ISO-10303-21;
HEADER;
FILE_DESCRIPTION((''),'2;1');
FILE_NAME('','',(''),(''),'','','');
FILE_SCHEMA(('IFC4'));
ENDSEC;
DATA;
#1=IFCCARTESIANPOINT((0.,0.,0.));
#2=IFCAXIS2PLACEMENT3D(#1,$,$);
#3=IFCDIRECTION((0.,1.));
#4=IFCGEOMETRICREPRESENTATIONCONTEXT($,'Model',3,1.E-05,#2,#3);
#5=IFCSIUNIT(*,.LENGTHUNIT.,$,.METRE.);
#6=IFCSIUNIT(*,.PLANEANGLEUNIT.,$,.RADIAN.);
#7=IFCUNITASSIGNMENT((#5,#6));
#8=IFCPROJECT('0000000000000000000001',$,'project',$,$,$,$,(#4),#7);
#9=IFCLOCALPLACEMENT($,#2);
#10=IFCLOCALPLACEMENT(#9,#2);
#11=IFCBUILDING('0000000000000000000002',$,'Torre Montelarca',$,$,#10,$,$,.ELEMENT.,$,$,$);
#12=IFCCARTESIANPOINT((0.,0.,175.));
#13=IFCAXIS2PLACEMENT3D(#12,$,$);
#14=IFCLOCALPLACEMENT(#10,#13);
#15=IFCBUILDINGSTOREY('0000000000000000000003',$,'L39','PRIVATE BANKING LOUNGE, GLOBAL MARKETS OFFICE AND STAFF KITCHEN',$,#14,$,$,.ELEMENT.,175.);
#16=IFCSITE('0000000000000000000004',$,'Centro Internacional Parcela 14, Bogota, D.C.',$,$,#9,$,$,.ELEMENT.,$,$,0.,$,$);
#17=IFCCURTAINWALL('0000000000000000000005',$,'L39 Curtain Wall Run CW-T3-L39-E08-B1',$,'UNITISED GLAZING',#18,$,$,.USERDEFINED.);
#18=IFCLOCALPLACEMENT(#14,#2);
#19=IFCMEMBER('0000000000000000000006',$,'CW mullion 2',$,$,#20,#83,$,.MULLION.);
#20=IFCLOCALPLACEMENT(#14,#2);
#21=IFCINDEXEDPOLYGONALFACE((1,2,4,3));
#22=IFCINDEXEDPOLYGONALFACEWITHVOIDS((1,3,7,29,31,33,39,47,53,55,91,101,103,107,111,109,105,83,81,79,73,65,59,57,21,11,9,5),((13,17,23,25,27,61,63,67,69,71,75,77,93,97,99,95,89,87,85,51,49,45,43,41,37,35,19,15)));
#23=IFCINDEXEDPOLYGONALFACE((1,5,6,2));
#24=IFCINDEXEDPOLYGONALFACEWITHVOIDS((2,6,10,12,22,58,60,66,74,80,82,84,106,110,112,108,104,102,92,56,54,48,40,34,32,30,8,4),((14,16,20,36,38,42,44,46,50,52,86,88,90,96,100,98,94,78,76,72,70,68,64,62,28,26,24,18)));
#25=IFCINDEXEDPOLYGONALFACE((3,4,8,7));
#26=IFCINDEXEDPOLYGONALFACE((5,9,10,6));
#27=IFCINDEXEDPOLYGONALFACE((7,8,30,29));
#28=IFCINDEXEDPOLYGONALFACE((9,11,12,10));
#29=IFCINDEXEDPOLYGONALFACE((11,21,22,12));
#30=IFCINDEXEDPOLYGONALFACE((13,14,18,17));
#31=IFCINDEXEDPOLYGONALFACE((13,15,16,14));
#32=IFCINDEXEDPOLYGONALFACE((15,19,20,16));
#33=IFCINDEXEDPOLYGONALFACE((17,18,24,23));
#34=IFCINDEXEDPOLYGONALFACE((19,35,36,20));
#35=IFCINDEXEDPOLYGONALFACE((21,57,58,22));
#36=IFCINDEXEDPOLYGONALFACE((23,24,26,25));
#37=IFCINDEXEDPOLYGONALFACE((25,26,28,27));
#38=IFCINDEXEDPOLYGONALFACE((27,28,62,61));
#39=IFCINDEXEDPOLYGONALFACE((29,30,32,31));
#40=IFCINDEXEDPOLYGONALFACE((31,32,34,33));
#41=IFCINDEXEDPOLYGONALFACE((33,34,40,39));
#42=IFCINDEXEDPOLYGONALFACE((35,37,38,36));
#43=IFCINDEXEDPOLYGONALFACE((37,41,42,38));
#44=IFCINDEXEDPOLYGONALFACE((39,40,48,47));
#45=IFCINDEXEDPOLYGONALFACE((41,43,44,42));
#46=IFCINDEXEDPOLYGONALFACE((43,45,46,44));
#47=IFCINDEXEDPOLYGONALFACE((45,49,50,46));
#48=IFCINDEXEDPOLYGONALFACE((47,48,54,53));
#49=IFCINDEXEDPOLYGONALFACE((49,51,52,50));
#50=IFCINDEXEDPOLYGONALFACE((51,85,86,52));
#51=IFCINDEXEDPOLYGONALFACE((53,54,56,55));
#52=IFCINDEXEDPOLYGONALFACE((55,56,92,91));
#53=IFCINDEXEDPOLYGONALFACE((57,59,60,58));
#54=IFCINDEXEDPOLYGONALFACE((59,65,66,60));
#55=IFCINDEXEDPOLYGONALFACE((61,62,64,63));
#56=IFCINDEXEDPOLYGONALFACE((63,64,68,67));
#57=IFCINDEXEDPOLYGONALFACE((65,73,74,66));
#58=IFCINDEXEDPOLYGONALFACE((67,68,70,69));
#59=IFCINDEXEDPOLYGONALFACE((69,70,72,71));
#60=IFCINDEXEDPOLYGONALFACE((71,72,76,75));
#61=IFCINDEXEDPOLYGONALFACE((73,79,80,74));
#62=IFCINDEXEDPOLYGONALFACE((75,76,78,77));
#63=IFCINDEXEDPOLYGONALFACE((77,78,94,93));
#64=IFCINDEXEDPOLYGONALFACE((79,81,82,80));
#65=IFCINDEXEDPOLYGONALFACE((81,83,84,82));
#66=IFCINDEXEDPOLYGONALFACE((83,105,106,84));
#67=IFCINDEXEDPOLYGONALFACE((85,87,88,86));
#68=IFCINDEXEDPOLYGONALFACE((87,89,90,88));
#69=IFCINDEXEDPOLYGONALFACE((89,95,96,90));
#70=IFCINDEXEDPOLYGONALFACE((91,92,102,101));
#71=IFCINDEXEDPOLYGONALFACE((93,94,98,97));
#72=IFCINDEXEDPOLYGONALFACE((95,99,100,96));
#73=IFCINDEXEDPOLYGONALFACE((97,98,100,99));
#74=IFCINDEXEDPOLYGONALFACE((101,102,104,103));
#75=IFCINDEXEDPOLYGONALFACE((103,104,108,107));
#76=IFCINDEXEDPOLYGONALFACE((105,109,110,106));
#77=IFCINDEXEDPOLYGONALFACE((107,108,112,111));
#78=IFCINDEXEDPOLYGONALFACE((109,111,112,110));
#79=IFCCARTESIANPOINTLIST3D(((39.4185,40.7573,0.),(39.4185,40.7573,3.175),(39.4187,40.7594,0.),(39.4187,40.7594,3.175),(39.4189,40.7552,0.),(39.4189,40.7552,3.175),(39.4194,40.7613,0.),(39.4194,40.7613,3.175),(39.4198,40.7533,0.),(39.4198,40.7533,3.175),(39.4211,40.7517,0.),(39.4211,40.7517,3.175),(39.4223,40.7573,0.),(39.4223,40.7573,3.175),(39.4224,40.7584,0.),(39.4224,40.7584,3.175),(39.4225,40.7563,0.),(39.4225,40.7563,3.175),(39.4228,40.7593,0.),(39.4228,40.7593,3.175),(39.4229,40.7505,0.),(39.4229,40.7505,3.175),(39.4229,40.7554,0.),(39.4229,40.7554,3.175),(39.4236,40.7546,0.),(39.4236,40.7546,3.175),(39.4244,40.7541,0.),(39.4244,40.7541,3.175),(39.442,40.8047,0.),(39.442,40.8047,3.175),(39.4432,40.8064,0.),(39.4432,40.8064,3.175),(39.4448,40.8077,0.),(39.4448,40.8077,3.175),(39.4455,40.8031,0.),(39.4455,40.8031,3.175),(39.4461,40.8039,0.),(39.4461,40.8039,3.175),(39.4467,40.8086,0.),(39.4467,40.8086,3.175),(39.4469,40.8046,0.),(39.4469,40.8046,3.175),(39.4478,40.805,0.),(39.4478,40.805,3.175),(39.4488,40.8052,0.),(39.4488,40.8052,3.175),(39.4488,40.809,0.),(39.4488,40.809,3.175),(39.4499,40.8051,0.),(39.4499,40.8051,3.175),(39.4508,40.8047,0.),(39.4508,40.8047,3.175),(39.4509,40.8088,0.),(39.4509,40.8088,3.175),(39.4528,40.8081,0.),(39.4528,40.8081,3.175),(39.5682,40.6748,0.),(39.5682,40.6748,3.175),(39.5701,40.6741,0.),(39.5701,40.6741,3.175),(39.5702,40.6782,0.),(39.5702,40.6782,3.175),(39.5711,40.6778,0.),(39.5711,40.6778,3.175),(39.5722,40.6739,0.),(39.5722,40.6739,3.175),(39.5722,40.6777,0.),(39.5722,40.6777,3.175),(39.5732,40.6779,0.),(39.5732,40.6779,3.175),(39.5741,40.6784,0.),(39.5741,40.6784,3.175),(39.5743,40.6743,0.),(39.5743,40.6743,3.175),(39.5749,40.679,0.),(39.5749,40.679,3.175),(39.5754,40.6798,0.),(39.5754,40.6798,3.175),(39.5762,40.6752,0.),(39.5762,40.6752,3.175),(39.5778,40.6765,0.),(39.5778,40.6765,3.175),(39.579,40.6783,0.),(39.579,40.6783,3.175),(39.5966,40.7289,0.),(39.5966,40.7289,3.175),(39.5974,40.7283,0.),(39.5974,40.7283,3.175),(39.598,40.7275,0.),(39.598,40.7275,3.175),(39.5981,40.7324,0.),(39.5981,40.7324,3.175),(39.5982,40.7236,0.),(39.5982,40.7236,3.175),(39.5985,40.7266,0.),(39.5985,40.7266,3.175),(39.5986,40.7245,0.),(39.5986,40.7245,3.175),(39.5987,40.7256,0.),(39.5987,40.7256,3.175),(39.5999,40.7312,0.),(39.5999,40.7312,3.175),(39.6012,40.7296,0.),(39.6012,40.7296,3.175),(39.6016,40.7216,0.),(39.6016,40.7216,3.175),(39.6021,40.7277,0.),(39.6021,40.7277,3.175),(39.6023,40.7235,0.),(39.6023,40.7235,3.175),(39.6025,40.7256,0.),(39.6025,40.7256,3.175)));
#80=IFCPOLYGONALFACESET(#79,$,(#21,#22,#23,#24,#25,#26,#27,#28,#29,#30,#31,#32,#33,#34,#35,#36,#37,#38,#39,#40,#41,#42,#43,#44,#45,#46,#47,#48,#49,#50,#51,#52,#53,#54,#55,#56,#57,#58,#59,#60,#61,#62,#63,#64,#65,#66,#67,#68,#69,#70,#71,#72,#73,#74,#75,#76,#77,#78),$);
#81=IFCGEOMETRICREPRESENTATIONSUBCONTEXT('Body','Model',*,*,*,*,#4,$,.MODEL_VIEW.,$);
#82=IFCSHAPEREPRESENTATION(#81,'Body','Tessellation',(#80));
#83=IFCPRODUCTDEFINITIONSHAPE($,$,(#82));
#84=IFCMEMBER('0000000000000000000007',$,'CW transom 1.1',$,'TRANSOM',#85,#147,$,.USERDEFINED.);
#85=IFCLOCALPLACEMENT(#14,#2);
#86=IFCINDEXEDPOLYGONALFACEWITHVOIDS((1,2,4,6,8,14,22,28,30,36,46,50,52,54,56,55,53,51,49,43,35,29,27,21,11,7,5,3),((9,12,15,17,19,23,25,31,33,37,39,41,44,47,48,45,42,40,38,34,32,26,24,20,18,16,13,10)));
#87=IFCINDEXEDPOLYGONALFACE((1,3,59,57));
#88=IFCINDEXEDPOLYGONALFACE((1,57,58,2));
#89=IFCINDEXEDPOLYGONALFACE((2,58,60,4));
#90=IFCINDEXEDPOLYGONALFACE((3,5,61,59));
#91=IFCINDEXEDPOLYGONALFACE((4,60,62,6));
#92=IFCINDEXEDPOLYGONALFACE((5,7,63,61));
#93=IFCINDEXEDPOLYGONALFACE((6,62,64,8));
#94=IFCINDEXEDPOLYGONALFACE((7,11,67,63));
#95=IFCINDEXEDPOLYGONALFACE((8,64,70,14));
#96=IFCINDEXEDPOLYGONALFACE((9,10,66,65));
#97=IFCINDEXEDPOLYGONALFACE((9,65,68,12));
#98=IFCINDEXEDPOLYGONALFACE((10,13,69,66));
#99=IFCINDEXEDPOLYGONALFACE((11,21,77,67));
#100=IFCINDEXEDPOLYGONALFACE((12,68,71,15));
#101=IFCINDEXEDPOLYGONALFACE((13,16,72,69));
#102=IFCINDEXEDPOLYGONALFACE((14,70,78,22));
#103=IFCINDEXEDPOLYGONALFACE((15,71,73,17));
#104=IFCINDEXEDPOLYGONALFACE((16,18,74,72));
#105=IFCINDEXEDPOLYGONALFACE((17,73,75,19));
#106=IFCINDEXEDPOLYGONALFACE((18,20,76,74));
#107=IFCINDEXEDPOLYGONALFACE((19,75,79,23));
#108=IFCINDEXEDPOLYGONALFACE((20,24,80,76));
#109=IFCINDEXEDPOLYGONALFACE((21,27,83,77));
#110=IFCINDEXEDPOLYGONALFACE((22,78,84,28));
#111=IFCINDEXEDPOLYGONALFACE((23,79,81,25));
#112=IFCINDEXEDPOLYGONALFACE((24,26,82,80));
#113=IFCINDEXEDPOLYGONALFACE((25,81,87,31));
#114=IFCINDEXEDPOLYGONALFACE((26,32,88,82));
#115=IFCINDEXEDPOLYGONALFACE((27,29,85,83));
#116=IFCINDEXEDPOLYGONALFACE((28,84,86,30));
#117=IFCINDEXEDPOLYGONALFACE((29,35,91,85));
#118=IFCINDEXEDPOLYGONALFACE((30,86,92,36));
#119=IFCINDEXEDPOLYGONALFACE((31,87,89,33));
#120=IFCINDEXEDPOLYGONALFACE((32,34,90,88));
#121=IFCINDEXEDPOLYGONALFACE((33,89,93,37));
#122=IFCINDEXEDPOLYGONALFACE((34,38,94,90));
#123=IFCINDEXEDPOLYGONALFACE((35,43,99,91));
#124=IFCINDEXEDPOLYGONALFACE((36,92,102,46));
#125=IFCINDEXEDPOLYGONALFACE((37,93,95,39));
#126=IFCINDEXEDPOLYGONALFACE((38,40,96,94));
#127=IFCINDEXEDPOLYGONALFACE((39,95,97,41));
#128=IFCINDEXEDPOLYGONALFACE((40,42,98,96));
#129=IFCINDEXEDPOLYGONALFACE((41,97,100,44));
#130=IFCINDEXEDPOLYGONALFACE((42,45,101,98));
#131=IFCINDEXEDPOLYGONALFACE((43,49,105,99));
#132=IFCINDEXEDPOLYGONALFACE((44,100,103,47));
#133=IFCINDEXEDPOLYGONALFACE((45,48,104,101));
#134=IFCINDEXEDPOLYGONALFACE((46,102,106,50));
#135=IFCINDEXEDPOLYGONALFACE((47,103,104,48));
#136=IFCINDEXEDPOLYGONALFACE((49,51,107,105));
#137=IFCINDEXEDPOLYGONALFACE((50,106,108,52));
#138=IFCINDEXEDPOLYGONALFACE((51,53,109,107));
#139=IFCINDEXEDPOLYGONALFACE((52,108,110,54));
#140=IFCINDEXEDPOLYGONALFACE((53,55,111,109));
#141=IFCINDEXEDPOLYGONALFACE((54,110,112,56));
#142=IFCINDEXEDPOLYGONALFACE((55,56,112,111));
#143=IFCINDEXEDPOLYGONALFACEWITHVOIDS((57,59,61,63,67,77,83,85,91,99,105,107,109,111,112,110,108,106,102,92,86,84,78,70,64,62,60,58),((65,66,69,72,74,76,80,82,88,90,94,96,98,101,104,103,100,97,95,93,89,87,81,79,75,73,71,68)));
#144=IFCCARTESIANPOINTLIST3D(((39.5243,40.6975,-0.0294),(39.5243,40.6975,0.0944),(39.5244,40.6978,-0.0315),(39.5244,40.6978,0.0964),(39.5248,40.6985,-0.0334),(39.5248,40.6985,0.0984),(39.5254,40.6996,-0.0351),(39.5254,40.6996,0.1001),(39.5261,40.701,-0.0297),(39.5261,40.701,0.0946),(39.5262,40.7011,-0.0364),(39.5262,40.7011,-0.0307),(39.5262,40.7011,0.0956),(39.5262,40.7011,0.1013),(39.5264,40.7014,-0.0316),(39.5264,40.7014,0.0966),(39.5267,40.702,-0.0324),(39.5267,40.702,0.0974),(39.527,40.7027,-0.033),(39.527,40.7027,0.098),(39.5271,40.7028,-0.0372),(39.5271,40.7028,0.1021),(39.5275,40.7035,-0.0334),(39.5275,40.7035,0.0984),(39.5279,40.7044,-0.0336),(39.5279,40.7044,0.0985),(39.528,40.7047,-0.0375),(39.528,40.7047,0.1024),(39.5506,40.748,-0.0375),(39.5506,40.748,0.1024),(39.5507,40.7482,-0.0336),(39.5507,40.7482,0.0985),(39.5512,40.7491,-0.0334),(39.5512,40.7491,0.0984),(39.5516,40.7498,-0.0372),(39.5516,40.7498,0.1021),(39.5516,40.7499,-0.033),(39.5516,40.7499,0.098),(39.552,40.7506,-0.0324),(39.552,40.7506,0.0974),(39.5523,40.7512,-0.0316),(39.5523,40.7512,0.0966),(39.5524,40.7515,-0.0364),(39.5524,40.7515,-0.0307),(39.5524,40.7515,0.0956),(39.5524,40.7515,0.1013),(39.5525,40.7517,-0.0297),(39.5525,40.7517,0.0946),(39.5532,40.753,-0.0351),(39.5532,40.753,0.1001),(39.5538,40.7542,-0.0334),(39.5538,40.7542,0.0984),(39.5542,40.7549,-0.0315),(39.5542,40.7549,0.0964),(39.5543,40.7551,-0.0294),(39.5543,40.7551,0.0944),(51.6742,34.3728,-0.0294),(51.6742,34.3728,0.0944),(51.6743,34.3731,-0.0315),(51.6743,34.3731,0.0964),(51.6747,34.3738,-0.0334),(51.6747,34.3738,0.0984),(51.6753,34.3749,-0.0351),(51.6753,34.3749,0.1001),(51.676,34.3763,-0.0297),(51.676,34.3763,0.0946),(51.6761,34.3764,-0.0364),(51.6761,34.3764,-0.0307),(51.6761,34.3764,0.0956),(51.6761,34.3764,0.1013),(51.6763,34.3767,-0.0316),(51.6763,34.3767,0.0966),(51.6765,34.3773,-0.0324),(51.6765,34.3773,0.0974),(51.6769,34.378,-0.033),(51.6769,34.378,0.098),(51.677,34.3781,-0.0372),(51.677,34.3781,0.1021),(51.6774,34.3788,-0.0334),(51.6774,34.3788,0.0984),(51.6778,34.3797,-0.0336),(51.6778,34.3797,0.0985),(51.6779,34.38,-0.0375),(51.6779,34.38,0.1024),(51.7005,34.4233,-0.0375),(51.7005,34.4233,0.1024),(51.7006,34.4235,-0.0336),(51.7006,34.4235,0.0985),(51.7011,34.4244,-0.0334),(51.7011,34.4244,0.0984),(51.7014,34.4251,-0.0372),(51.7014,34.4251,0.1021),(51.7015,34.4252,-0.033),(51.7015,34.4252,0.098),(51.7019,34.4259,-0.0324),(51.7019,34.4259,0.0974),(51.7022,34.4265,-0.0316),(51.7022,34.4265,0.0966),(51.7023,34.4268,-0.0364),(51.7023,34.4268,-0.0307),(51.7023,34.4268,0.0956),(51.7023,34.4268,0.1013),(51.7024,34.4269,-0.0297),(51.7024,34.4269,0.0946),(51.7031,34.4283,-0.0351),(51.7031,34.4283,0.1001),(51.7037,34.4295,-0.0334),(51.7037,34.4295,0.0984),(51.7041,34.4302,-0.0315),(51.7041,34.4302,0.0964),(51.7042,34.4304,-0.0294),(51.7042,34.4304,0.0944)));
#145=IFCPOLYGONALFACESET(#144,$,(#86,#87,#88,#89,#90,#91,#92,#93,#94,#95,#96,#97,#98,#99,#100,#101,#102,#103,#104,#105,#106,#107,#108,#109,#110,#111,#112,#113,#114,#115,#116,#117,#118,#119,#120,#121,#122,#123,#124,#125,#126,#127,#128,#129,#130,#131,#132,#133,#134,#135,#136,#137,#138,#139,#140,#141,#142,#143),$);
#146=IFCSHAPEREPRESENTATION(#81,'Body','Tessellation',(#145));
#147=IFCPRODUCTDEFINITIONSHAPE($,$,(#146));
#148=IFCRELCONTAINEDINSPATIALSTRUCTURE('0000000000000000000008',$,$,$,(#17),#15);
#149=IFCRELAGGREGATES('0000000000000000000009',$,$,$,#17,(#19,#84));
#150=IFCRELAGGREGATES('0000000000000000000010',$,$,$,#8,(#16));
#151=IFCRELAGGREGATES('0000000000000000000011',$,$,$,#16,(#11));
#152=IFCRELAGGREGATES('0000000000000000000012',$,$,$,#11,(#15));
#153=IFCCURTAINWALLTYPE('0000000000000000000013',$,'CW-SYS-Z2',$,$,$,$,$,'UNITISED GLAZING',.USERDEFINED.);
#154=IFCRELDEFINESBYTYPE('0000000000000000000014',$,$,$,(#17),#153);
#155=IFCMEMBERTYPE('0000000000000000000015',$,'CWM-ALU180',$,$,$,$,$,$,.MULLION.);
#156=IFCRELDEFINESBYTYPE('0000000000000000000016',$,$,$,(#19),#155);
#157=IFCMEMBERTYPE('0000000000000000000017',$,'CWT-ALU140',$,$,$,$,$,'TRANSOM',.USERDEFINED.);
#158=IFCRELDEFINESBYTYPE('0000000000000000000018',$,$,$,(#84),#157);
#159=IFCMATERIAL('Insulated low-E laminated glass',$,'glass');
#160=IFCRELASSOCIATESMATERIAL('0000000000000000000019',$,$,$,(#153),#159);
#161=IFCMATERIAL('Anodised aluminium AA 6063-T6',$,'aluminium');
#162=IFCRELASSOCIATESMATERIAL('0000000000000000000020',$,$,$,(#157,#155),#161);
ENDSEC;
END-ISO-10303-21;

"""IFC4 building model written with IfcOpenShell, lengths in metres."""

from ifc_helpers import new_model, si_unit, direction, frame, origin, origin_2d, place, context, subcontext, project, spatial, hollow_rectangle, extrude, source, transform, mapped, material, material_profile, profile_set, type_object, element, aggregate, save


model = new_model("IFC4")

# Units and contexts
model_context = context("Model", 3, precision=1e-05, world=origin(), true_north=direction((0.0, 1.0)))
body_context = subcontext(model_context, "Body", "Model", "MODEL_VIEW")
ifc_project = project(units=[si_unit("LENGTHUNIT", "METRE"), si_unit("PLANEANGLEUNIT", "RADIAN")], contexts=[model_context])

# Site, building, storey
site_placement = place(None, origin())
site = spatial("IfcSite", under=ifc_project, at=site_placement, Name="Centro Internacional Parcela 14, Bogota, D.C.", CompositionType="ELEMENT", RefElevation=0.0)
building_placement = place(site_placement, origin())
building = spatial("IfcBuilding", under=site, at=building_placement, Name="Torre Montelarca", CompositionType="ELEMENT")
storey_placement = place(building_placement, frame((0.0, 0.0, 175.0)))
storey = spatial("IfcBuildingStorey", under=building, at=storey_placement, Name="L39", Description="PRIVATE BANKING LOUNGE, GLOBAL MARKETS OFFICE AND STAFF KITCHEN", CompositionType="ELEMENT", Elevation=175.0)

# Shared definitions
ifc_material_1 = material(Name="Insulated low-E laminated glass", Category="glass")
curtain_wall_type = type_object("IfcCurtainWallType", Name="CW-SYS-Z2", ElementType="UNITISED GLAZING", PredefinedType="USERDEFINED", material=ifc_material_1)
ifc_material_2 = material(Name="Anodised aluminium AA 6063-T6", Category="aluminium")
ifc_material_profile_1 = material_profile(ifc_material_2, hollow_rectangle(XDim=0.0649, YDim=0.1399, WallThickness=0.0039, InnerFilletRadius=0.0039, OuterFilletRadius=0.0081, at=origin_2d()), Name="ALU65X140X4", Category="aluminium")
ifc_profile_set_1 = profile_set([ifc_material_profile_1], Name="Anodised aluminium AA 6063-T6")
member_type_1 = type_object("IfcMemberType", Name="CWT-ALU140", ElementType="TRANSOM", PredefinedType="USERDEFINED", material=ifc_profile_set_1)

# Shared definitions
ifc_material_profile_2 = material_profile(ifc_material_2, hollow_rectangle(XDim=0.0649, YDim=0.1799, WallThickness=0.0039, InnerFilletRadius=0.0039, OuterFilletRadius=0.0081, at=origin_2d()), Name="ALU65X180X4", Category="aluminium")
ifc_profile_set_2 = profile_set([ifc_material_profile_2], Name="Anodised aluminium AA 6063-T6")
member_type_2 = type_object("IfcMemberType", Name="CWM-ALU180", PredefinedType="MULLION", material=ifc_profile_set_2)

# Curtain wall, members
curtain_wall_1_placement = place(storey_placement, origin())
curtain_wall_1 = element("IfcCurtainWall", 1, at=curtain_wall_1_placement, inside=storey, type_object=curtain_wall_type, Name="L39 Curtain Wall Run CW-T3-L39-E08-B1", ObjectType="UNITISED GLAZING", PredefinedType="USERDEFINED")
shared_shape_1 = source(origin(), body_context, "Body", "SweptSolid", [
    extrude(hollow_rectangle(XDim=0.0649, YDim=0.1799, WallThickness=0.0039, InnerFilletRadius=0.0039, OuterFilletRadius=0.0081, at=origin_2d()), origin(), (0.0, 0.0, 1.0), 3.175),
])
member_1_placement = place(storey_placement, frame((39.5105, 40.7415, 0.0), z_axis=(0.0, 0.0, 1.0), x_axis=(-0.461748, -0.887011, 0.0)))
member_1 = element("IfcMember", 2, at=member_1_placement, type_object=member_type_2, Name="CW mullion 2", PredefinedType="MULLION", context=body_context, shape_type="MappedRepresentation", body=[
    mapped(shared_shape_1, transform((0.0, 0.0, 0.0), scale=1.0)),
])
shared_shape_2 = source(origin(), body_context, "Body", "SweptSolid", [
    extrude(hollow_rectangle(XDim=0.0649, YDim=0.1399, WallThickness=0.0039, InnerFilletRadius=0.0039, OuterFilletRadius=0.0081, at=origin_2d()), origin(), (0.0, 0.0, 1.0), 13.6975),
])
member_2_placement = place(storey_placement, frame((51.6892, 34.4016, 0.0325), z_axis=(-0.887015, 0.461741, 0.0), x_axis=(-0.461741, -0.887015, 0.0)))
member_2 = element("IfcMember", 3, at=member_2_placement, type_object=member_type_1, Name="CW transom 1.1", ObjectType="TRANSOM", PredefinedType="USERDEFINED", context=body_context, shape_type="MappedRepresentation", body=[
    mapped(shared_shape_2, transform((0.0, 0.0, 0.0), scale=1.0)),
])

aggregate(curtain_wall_1, [member_1, member_2])

save(model, "model.ifc")
